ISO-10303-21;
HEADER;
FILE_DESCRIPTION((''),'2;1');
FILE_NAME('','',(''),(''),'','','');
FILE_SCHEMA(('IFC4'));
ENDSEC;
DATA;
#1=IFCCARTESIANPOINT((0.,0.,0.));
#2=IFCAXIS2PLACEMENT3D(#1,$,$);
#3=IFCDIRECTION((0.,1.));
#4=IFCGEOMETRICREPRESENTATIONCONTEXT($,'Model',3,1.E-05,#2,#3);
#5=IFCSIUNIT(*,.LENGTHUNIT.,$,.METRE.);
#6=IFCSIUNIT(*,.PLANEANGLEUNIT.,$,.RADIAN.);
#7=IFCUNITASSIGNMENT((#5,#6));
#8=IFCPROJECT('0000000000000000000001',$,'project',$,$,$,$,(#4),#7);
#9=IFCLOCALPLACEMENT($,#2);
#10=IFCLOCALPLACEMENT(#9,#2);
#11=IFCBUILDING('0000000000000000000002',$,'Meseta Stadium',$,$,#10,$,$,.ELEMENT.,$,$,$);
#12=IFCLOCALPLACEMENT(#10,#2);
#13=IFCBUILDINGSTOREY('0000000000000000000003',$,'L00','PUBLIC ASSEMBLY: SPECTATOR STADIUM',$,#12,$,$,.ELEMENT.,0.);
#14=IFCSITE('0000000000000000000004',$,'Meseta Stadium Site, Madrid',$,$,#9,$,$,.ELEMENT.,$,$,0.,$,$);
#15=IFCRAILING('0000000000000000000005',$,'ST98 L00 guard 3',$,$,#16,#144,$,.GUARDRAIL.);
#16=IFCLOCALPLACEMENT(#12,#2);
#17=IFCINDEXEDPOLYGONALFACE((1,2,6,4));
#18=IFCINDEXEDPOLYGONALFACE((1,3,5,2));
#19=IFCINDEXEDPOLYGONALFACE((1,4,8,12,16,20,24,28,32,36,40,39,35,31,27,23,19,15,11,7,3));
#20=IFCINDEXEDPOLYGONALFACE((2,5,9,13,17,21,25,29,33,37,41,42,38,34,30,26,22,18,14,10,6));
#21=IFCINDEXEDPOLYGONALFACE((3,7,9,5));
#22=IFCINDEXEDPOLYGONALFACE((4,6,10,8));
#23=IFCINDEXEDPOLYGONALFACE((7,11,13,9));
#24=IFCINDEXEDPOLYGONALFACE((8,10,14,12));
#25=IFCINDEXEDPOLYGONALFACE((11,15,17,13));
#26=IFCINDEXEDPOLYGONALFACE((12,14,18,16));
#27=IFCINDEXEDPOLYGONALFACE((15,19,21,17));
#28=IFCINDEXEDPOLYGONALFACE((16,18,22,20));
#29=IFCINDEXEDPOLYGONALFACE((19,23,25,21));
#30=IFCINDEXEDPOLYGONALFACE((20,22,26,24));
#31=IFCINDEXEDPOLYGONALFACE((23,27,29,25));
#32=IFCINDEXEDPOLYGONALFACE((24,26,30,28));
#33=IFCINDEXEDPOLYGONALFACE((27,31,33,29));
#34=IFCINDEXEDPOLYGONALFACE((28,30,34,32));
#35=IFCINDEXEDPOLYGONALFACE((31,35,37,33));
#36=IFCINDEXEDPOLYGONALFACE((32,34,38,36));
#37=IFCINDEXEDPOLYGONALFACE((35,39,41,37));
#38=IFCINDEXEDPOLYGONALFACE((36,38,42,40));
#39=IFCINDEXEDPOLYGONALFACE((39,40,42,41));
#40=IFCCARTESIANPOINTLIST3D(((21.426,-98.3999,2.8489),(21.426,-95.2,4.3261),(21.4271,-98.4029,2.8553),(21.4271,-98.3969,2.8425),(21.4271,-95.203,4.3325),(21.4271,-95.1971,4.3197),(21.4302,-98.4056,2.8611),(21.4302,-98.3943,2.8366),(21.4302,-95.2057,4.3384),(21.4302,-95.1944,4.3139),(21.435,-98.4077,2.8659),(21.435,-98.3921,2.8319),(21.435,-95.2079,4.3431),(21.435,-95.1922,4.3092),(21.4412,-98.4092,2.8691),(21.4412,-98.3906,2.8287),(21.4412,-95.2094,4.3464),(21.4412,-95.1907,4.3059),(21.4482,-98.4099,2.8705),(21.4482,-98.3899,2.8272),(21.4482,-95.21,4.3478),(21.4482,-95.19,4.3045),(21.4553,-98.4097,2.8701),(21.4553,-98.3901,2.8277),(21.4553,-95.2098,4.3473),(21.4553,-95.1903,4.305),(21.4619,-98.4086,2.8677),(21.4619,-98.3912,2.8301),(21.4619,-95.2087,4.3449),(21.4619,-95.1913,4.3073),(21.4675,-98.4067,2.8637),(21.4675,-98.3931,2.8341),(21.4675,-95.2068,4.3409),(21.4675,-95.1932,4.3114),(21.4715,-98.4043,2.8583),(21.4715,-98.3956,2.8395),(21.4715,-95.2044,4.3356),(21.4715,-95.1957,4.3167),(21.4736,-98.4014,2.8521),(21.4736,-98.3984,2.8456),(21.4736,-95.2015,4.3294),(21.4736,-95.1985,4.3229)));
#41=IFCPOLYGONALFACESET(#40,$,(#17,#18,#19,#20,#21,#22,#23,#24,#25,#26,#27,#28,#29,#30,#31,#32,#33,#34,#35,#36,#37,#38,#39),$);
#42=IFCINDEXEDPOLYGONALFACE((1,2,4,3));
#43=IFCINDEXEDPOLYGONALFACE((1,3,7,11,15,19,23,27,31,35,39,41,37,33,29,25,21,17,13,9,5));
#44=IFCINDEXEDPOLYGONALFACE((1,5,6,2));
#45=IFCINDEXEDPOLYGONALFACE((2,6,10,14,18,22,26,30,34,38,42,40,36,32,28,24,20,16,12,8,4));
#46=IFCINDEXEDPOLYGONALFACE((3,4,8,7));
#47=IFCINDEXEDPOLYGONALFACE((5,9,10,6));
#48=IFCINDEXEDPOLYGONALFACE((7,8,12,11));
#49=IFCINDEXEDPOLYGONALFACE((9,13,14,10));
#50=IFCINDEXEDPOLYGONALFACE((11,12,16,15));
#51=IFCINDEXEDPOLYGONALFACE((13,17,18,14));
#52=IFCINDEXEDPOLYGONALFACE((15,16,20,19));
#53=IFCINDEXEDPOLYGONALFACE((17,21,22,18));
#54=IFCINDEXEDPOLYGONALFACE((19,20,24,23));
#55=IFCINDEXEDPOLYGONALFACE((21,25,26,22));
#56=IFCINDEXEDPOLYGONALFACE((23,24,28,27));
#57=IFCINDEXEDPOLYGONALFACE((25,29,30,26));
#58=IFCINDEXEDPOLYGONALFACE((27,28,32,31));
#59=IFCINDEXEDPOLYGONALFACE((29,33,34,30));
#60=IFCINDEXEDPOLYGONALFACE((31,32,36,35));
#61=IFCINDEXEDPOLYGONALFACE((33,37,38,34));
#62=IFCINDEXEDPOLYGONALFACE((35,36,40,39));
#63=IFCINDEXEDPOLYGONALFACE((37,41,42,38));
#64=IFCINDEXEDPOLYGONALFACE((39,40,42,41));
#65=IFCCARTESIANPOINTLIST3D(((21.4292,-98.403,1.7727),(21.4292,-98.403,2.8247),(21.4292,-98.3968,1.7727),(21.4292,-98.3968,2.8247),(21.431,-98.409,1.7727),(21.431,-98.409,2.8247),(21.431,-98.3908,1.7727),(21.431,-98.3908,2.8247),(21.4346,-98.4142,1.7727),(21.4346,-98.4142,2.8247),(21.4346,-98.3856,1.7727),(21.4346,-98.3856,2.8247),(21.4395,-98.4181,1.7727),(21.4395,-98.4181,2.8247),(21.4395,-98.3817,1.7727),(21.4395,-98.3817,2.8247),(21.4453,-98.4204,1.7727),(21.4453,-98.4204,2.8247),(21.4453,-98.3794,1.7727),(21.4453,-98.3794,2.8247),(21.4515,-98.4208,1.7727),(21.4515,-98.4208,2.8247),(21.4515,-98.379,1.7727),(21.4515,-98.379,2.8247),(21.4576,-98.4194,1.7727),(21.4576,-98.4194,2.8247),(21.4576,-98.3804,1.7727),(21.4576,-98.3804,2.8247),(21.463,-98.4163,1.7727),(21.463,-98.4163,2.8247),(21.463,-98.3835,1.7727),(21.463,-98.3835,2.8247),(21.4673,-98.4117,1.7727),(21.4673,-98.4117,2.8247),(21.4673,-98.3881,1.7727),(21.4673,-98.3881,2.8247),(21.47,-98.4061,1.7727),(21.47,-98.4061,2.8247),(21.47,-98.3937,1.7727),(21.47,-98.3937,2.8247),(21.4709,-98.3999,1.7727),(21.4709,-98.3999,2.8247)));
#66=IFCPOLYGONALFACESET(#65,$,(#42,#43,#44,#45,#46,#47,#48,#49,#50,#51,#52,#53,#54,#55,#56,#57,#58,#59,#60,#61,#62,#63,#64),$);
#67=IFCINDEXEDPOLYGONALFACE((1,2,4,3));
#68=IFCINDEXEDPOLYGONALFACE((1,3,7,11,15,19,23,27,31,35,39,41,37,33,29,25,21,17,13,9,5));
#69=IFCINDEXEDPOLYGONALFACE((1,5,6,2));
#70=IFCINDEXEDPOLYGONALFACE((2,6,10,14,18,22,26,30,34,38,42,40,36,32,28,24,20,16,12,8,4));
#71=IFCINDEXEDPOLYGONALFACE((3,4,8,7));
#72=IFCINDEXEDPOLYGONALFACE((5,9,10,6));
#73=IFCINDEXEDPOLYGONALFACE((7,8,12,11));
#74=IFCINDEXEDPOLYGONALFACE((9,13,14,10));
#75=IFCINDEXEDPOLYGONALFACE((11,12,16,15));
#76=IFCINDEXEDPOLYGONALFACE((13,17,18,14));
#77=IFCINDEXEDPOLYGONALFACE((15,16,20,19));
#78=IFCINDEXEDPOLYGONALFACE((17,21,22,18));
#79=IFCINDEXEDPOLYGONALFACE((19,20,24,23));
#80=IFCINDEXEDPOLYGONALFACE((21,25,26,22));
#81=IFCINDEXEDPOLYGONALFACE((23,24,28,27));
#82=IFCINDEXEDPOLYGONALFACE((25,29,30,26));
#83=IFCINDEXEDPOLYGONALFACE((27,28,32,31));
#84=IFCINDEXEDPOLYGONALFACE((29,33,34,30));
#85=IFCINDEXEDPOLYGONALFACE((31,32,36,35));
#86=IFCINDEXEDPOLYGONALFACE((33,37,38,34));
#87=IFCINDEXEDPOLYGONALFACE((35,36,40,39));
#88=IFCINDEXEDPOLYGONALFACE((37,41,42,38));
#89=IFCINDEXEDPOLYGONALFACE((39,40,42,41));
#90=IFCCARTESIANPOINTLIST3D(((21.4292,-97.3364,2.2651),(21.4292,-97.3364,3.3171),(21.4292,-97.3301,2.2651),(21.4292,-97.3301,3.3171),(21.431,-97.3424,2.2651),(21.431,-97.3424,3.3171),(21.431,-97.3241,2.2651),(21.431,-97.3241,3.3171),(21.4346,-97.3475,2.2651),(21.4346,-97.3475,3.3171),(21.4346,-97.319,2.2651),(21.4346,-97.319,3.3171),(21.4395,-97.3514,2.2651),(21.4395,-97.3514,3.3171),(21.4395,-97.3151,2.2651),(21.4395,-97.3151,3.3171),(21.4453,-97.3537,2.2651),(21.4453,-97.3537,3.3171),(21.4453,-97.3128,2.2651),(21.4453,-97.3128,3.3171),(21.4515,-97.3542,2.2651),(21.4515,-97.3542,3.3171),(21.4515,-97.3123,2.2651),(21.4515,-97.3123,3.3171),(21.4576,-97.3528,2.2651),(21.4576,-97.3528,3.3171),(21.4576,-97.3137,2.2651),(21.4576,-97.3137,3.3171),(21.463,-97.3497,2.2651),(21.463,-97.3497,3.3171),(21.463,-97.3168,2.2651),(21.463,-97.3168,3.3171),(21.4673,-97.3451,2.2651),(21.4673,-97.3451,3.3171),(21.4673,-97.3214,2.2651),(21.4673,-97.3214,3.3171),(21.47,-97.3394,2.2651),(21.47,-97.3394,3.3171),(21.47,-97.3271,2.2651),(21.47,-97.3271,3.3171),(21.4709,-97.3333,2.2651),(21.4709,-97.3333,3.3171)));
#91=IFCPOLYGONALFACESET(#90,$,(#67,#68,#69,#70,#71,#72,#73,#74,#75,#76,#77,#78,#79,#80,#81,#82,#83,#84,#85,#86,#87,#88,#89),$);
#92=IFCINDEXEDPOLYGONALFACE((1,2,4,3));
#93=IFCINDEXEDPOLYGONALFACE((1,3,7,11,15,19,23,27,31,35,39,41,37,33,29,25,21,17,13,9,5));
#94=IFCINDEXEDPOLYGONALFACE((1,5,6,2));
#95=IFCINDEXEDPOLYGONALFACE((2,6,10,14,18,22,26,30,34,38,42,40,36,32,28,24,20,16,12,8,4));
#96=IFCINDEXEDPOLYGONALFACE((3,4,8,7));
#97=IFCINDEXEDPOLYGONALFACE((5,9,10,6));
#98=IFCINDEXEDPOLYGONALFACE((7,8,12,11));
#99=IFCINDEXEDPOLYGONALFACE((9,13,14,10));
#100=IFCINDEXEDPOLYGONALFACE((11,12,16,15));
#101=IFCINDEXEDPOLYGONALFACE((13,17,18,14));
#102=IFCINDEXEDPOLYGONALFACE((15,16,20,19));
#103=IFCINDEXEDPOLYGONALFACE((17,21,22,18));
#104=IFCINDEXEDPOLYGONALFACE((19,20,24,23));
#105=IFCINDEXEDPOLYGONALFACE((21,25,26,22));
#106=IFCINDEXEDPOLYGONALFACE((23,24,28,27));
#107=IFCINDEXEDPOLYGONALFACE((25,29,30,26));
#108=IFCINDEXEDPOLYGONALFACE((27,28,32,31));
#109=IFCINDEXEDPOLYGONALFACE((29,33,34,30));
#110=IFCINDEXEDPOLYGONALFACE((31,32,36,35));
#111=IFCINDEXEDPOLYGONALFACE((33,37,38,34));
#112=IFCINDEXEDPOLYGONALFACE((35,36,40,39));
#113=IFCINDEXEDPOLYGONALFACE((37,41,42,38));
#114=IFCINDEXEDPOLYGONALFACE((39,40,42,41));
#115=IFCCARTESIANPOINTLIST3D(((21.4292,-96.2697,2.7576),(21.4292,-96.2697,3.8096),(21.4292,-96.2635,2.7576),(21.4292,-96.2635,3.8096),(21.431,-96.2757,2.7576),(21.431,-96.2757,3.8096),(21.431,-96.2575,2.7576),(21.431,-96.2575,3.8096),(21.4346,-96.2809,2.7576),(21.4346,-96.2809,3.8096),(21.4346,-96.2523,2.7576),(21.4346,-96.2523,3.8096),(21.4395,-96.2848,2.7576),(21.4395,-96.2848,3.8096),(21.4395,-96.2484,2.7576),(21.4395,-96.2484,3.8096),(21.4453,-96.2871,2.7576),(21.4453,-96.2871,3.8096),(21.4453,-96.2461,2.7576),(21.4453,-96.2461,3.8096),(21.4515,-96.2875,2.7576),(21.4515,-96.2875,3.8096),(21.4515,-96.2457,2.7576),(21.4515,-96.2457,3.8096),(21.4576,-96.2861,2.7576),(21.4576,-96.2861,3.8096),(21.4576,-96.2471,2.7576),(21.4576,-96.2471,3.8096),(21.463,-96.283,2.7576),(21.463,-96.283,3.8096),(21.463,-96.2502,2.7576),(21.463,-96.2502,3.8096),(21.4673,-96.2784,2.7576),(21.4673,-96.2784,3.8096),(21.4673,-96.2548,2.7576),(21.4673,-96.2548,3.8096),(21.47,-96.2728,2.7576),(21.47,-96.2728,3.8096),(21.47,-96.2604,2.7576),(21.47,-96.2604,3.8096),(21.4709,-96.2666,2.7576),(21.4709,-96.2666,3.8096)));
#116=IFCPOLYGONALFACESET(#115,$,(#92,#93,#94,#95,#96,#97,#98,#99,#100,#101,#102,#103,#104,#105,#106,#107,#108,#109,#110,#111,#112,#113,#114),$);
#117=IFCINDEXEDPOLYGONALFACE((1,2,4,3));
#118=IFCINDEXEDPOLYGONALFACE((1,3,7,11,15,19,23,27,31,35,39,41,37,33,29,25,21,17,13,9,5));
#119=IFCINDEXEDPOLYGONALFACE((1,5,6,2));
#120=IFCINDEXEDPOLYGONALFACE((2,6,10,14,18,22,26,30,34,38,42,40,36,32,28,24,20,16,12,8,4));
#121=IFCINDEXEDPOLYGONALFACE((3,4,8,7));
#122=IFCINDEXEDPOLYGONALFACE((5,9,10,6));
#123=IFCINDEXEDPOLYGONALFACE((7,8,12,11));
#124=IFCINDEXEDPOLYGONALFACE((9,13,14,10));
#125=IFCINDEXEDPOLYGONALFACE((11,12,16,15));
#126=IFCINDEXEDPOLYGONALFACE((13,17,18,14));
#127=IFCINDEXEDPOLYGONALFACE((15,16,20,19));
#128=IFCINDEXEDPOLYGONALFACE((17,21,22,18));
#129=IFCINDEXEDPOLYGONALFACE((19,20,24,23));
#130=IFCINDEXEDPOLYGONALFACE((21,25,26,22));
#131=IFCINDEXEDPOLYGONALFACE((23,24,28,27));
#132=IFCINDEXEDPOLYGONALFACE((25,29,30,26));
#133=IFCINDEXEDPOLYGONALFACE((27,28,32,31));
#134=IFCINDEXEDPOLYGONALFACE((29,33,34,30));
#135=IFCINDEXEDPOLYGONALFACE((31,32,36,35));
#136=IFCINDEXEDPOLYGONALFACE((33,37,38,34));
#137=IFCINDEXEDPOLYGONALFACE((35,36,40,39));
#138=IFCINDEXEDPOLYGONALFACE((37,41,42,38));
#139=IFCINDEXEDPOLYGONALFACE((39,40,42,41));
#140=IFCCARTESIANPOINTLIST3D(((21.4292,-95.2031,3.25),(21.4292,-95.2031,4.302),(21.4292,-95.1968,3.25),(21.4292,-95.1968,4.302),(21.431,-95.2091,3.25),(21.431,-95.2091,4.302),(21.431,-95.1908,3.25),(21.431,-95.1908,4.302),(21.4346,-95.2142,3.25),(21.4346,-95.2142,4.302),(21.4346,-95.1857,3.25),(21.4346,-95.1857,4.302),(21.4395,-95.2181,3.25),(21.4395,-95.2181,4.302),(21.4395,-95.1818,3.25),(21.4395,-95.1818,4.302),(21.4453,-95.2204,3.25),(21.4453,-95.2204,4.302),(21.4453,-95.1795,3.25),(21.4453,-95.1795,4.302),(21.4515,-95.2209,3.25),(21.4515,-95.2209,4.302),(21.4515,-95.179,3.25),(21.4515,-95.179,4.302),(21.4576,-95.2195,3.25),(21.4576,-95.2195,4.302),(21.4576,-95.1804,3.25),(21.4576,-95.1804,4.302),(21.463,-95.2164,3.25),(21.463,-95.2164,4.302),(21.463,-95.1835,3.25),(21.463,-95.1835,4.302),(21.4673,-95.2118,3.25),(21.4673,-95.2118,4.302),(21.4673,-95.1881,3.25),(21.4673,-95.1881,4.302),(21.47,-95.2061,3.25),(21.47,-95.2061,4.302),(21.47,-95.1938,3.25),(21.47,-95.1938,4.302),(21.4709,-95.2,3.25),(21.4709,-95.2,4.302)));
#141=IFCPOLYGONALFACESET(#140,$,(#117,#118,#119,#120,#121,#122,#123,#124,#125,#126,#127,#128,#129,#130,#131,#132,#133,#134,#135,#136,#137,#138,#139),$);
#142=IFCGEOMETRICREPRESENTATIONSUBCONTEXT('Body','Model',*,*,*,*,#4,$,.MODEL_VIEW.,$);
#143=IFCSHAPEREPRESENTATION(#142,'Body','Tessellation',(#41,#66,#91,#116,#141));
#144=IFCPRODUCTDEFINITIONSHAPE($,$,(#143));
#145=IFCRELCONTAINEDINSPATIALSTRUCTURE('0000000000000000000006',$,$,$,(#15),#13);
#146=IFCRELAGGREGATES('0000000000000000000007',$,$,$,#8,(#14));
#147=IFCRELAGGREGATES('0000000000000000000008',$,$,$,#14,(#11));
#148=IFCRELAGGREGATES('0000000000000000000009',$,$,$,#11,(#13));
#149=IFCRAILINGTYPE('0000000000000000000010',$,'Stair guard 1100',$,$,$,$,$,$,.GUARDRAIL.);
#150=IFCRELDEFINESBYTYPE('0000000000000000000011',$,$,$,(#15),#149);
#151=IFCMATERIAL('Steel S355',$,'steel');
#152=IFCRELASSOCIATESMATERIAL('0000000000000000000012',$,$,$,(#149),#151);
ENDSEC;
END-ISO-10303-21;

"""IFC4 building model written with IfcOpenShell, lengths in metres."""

from ifc_helpers import new_model, si_unit, direction, frame, origin, origin_2d, place, context, subcontext, project, spatial, circle, extrude, material, type_object, element, save


model = new_model("IFC4")

# Units and contexts
model_context = context("Model", 3, precision=1e-05, world=origin(), true_north=direction((0.0, 1.0)))
body_context = subcontext(model_context, "Body", "Model", "MODEL_VIEW")
ifc_project = project(units=[si_unit("LENGTHUNIT", "METRE"), si_unit("PLANEANGLEUNIT", "RADIAN")], contexts=[model_context])

# Site, building, storey
site_placement = place(None, origin())
site = spatial("IfcSite", under=ifc_project, at=site_placement, Name="Meseta Stadium Site, Madrid", CompositionType="ELEMENT", RefElevation=0.0)
building_placement = place(site_placement, origin())
building = spatial("IfcBuilding", under=site, at=building_placement, Name="Meseta Stadium", CompositionType="ELEMENT")
storey_placement = place(building_placement, origin())
storey = spatial("IfcBuildingStorey", under=building, at=storey_placement, Name="L00", Description="PUBLIC ASSEMBLY: SPECTATOR STADIUM", CompositionType="ELEMENT", Elevation=0.0)

# Railing
ifc_material_1 = material(Name="Steel S355", Category="steel")
railing_type = type_object("IfcRailingType", Name="Stair guard 1100", PredefinedType="GUARDRAIL", material=ifc_material_1)
railing_1_placement = place(storey_placement, frame((21.45, -98.3999, 1.7727)))
element("IfcRailing", 1, at=railing_1_placement, inside=storey, type_object=railing_type, Name="ST98 L00 guard 3", PredefinedType="GUARDRAIL", context=body_context, shape_type="SweptSolid", body=[
    extrude(circle(Radius=0.0239, at=origin_2d()), frame((0.0, 0.0, 1.0762), z_axis=(0.0, 0.907917, 0.41915), x_axis=(-1.0, 0.0, 0.0)), (0.0, 0.0, 1.0), 3.5244),
    extrude(circle(Radius=0.021, at=origin_2d()), origin(), (0.0, 0.0, 1.0), 1.052),
    extrude(circle(Radius=0.021, at=origin_2d()), frame((0.0, 1.0667, 0.4924)), (0.0, 0.0, 1.0), 1.052),
    extrude(circle(Radius=0.021, at=origin_2d()), frame((0.0, 2.1333, 0.9849)), (0.0, 0.0, 1.0), 1.052),
    extrude(circle(Radius=0.021, at=origin_2d()), frame((0.0, 3.2, 1.4773)), (0.0, 0.0, 1.0), 1.052),
])

save(model, "model.ifc")
